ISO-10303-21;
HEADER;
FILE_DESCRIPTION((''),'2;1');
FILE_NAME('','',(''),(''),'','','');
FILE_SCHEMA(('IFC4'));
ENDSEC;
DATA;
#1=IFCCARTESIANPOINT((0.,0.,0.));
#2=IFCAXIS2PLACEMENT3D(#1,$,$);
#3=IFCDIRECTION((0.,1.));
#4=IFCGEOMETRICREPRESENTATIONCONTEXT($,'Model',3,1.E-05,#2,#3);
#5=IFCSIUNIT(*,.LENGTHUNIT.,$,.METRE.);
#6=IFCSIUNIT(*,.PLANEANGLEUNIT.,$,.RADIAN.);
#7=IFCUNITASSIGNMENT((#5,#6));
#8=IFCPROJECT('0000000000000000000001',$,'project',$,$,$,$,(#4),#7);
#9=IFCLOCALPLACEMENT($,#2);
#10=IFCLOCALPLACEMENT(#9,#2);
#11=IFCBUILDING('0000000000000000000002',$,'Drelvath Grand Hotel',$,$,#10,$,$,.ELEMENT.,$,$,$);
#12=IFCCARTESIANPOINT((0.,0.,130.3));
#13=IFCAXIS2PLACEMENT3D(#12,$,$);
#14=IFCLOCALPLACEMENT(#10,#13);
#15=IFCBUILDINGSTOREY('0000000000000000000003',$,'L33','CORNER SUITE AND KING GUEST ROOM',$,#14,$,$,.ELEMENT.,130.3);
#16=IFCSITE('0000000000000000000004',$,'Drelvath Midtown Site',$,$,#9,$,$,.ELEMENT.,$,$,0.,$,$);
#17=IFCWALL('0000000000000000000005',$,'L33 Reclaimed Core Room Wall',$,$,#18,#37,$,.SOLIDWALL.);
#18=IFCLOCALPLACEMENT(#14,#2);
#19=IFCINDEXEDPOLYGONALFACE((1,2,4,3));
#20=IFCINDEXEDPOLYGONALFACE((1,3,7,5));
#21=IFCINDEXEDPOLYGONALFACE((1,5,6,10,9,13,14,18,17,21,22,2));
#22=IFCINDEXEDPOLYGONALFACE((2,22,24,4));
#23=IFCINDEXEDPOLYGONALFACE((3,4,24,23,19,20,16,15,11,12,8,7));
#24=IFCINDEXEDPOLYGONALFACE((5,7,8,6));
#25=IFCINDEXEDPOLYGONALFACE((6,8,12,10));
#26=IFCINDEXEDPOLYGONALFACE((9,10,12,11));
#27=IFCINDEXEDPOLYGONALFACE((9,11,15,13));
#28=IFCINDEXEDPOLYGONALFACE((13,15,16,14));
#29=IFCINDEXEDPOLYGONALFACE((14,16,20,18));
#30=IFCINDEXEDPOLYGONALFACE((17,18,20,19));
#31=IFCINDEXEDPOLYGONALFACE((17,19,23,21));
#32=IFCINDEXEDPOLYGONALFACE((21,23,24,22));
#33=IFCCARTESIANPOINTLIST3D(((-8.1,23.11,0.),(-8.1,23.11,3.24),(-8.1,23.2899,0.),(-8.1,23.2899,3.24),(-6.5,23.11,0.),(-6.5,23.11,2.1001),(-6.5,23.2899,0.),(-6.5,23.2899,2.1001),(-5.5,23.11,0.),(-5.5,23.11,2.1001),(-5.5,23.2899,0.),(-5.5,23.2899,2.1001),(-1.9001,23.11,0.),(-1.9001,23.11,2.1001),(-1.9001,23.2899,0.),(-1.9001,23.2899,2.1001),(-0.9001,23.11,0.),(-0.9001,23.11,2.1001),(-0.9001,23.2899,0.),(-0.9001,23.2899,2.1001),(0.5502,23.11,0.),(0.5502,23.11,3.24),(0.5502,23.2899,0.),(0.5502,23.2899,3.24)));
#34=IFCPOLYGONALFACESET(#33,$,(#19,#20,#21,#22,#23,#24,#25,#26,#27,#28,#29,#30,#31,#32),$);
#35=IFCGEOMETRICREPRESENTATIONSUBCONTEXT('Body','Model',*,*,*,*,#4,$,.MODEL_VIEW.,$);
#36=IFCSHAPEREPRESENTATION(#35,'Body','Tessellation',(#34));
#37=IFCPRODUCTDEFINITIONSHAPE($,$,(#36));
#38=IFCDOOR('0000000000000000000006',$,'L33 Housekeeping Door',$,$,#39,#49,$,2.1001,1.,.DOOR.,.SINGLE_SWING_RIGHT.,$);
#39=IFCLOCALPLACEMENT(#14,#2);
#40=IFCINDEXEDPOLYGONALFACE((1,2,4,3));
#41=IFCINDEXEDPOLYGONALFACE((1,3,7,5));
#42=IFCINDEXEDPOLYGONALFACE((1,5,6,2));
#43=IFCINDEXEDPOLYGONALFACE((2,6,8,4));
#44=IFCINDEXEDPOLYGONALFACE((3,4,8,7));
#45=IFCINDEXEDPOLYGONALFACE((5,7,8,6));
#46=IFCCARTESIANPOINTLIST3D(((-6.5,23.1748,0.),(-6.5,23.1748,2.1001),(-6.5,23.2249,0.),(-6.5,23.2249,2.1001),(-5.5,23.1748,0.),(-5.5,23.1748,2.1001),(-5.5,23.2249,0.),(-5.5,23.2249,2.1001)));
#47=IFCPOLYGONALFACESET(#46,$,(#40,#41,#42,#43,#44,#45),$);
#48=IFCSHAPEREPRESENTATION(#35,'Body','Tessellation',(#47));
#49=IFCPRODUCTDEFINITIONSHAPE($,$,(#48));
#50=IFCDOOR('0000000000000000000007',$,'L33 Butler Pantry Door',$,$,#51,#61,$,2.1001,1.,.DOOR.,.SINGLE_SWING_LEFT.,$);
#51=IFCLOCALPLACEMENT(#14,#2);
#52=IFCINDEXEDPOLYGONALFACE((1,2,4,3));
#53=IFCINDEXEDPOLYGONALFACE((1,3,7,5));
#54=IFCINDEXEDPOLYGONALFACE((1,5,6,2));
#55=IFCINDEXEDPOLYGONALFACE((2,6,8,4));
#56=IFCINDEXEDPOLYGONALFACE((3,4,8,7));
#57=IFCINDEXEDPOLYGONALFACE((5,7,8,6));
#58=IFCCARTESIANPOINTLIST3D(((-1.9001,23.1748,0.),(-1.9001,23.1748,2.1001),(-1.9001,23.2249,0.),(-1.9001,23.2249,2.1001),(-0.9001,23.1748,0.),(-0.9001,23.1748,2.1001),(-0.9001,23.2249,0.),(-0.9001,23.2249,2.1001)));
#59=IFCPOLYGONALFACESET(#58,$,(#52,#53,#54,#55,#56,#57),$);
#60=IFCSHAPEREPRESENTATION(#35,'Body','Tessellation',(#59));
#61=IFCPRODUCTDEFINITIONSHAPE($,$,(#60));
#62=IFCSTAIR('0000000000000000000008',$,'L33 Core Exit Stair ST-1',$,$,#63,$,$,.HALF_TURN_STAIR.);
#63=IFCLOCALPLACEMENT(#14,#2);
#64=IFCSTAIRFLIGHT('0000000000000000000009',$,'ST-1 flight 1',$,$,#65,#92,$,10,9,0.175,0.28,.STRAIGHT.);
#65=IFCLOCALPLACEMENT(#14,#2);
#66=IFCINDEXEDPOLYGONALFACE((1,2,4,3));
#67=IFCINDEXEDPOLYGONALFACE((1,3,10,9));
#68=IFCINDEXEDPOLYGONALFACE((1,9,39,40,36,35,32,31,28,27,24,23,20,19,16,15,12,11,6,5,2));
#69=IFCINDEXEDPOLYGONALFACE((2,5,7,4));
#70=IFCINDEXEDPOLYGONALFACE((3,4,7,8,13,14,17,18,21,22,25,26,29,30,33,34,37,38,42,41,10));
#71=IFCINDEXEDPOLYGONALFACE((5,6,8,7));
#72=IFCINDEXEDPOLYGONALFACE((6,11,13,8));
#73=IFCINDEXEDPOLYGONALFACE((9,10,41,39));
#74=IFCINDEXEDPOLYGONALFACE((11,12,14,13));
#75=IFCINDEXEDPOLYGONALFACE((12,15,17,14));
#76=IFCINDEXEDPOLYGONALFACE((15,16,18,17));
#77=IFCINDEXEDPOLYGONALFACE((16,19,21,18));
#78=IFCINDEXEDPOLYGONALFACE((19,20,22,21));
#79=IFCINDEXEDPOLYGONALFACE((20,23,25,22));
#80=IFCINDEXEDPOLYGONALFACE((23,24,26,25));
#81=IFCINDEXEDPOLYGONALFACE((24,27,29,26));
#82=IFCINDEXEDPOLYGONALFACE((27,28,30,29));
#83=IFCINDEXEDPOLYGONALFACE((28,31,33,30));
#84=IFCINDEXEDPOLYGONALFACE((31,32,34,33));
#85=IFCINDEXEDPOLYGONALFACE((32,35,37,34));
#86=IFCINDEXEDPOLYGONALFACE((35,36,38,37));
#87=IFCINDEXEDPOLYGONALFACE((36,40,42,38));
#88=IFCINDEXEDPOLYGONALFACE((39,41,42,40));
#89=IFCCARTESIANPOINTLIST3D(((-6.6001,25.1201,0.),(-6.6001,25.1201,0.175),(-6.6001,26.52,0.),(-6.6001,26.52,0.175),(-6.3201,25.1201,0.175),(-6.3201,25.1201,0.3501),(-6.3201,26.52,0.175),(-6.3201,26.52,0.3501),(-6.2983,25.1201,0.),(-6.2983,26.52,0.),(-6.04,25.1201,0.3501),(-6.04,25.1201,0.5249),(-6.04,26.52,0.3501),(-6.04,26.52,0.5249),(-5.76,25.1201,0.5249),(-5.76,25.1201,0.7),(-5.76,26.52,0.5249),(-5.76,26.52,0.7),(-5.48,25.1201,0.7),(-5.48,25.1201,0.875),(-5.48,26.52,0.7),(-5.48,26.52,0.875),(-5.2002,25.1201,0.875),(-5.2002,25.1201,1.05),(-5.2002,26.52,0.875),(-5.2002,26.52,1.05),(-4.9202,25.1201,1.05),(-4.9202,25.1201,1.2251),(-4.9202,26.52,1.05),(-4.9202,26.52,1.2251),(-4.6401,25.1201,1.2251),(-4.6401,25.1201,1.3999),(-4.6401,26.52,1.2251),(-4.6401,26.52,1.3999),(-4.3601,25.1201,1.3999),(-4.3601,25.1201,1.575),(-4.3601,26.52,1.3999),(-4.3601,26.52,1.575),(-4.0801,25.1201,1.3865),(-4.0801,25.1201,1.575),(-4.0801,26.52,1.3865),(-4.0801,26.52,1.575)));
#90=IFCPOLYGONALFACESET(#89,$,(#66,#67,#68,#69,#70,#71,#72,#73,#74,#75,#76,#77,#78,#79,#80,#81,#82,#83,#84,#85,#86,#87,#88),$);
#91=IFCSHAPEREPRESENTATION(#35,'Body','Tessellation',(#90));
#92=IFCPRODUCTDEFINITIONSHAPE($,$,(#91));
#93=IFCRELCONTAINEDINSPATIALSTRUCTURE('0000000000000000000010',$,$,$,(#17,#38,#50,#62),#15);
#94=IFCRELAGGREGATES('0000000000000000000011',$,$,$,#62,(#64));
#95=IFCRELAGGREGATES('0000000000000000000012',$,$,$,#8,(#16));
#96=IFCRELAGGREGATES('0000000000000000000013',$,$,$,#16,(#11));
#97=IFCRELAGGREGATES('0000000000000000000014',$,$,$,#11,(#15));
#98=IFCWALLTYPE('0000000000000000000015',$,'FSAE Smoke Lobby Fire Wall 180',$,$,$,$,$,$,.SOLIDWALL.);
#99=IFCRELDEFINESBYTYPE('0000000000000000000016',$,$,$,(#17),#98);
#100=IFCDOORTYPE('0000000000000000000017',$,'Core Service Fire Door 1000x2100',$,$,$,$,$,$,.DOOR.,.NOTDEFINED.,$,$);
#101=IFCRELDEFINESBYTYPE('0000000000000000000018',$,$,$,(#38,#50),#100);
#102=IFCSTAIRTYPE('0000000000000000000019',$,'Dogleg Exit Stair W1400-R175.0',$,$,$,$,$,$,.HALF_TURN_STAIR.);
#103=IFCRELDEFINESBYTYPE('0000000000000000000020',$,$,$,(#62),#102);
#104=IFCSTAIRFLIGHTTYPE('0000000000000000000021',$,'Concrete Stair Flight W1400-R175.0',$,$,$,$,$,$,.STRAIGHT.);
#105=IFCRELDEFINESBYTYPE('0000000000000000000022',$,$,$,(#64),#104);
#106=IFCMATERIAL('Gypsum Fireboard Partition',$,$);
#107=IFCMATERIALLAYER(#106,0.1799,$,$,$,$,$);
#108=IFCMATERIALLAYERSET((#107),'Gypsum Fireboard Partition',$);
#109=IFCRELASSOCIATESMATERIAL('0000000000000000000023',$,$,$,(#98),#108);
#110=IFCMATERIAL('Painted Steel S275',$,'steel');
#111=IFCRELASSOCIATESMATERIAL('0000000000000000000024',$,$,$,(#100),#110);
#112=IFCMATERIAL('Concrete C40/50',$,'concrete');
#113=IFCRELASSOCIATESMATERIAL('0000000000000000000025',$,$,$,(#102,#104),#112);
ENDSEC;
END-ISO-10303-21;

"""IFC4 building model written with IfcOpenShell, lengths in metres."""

from ifc_helpers import new_model, si_unit, direction, frame, frame_2d, origin, place, context, subcontext, project, spatial, polyline, rectangle, outline, extrude, material, layer, layer_set, type_object, element, fill, aggregate, save


model = new_model("IFC4")

# Units and contexts
model_context = context("Model", 3, precision=1e-05, world=origin(), true_north=direction((0.0, 1.0)))
body_context = subcontext(model_context, "Body", "Model", "MODEL_VIEW")
ifc_project = project(units=[si_unit("LENGTHUNIT", "METRE"), si_unit("PLANEANGLEUNIT", "RADIAN")], contexts=[model_context])

# Site, building, storey
site_placement = place(None, origin())
site = spatial("IfcSite", under=ifc_project, at=site_placement, Name="Drelvath Midtown Site", CompositionType="ELEMENT", RefElevation=0.0)
building_placement = place(site_placement, origin())
building = spatial("IfcBuilding", under=site, at=building_placement, Name="Drelvath Grand Hotel", CompositionType="ELEMENT")
storey_placement = place(building_placement, frame((0.0, 0.0, 130.3)))
storey = spatial("IfcBuildingStorey", under=building, at=storey_placement, Name="L33", Description="CORNER SUITE AND KING GUEST ROOM", CompositionType="ELEMENT", Elevation=130.3)

# Shared definitions
ifc_material_1 = material(Name="Concrete C40/50", Category="concrete")
ifc_material_2 = material(Name="Painted Steel S275", Category="steel")
ifc_material_3 = material(Name="Gypsum Fireboard Partition")

# Wall, openings, doors
ifc_layer_1 = layer(ifc_material_3, 0.1799)
ifc_layer_set_1 = layer_set([ifc_layer_1], Name="Gypsum Fireboard Partition")
wall_type_1 = type_object("IfcWallType", Name="FSAE Smoke Lobby Fire Wall 180", PredefinedType="SOLIDWALL", material=ifc_layer_set_1)
wall_1_placement = place(storey_placement, frame((-8.1001, 23.2, 0.0), z_axis=(0.0, 0.0, 1.0), x_axis=(1.0, 0.0, 0.0)))
wall_1 = element("IfcWall", 1, at=wall_1_placement, inside=storey, type_object=wall_type_1, Name="L33 Reclaimed Core Room Wall", PredefinedType="SOLIDWALL", context=body_context, shape_type="SweptSolid", body=[
    extrude(rectangle(XDim=8.6501, YDim=0.1799, at=frame_2d((4.3252, 0.0))), origin(), (0.0, 0.0, 1.0), 3.24),
])
opening_1_placement = place(wall_1_placement, frame((1.6001, 0.0, 0.0)))
opening_1 = element("IfcOpeningElement", 2, at=opening_1_placement, cuts=wall_1, PredefinedType="OPENING", context=body_context, shape_type="SweptSolid", body=[
    extrude(rectangle(XDim=1.0, YDim=2.1001, at=frame_2d((0.5, 1.05))), frame((0.0, 0.0999, 0.0), z_axis=(0.0, -1.0, 0.0), x_axis=(1.0, 0.0, 0.0)), (0.0, 0.0, 1.0), 0.2),
])
opening_2_placement = place(wall_1_placement, frame((6.2, 0.0, 0.0)))
opening_2 = element("IfcOpeningElement", 3, at=opening_2_placement, cuts=wall_1, PredefinedType="OPENING", context=body_context, shape_type="SweptSolid", body=[
    extrude(rectangle(XDim=1.0, YDim=2.1001, at=frame_2d((0.5, 1.05))), frame((0.0, 0.0999, 0.0), z_axis=(0.0, -1.0, 0.0), x_axis=(1.0, 0.0, 0.0)), (0.0, 0.0, 1.0), 0.2),
])
door_type_1 = type_object("IfcDoorType", Name="Core Service Fire Door 1000x2100", OperationType="NOTDEFINED", PredefinedType="DOOR", material=ifc_material_2)
door_1_placement = place(opening_1_placement, origin())
door_1 = element("IfcDoor", 4, at=door_1_placement, inside=storey, type_object=door_type_1, Name="L33 Housekeeping Door", OperationType="SINGLE_SWING_RIGHT", OverallHeight=2.1001, OverallWidth=1.0, PredefinedType="DOOR", context=body_context, shape_type="SweptSolid", body=[
    extrude(rectangle(XDim=1.0, YDim=2.1001, at=frame_2d((0.5, 1.05))), frame((0.0, 0.0249, 0.0), z_axis=(0.0, -1.0, 0.0), x_axis=(1.0, 0.0, 0.0)), (0.0, 0.0, 1.0), 0.05),
])
fill(opening_1, door_1)
door_2_placement = place(opening_2_placement, origin())
door_2 = element("IfcDoor", 5, at=door_2_placement, inside=storey, type_object=door_type_1, Name="L33 Butler Pantry Door", OperationType="SINGLE_SWING_LEFT", OverallHeight=2.1001, OverallWidth=1.0, PredefinedType="DOOR", context=body_context, shape_type="SweptSolid", body=[
    extrude(rectangle(XDim=1.0, YDim=2.1001, at=frame_2d((0.5, 1.05))), frame((0.0, 0.0249, 0.0), z_axis=(0.0, -1.0, 0.0), x_axis=(1.0, 0.0, 0.0)), (0.0, 0.0, 1.0), 0.05),
])
fill(opening_2, door_2)

# Stair, stair flight
stair_type = type_object("IfcStairType", Name="Dogleg Exit Stair W1400-R175.0", PredefinedType="HALF_TURN_STAIR", material=ifc_material_1)
stair_placement = place(storey_placement, origin())
stair = element("IfcStair", 6, at=stair_placement, inside=storey, type_object=stair_type, Name="L33 Core Exit Stair ST-1", PredefinedType="HALF_TURN_STAIR")
stair_flight_type = type_object("IfcStairFlightType", Name="Concrete Stair Flight W1400-R175.0", PredefinedType="STRAIGHT", material=ifc_material_1)
stair_flight_placement = place(storey_placement, frame((-6.6001, 25.8201, 0.0), z_axis=(0.0, 0.0, 1.0), x_axis=(1.0, 0.0, 0.0)))
stair_flight = element("IfcStairFlight", 7, at=stair_flight_placement, type_object=stair_flight_type, Name="ST-1 flight 1", NumberOfRisers=10, NumberOfTreads=9, PredefinedType="STRAIGHT", RiserHeight=0.175, TreadLength=0.28, context=body_context, shape_type="SweptSolid", body=[
    extrude(outline(polyline([(0.0, 0.0), (0.0, 0.175), (0.28, 0.175), (0.28, 0.3501), (0.5601, 0.3501), (0.5601, 0.5249), (0.8401, 0.5249), (0.8401, 0.7), (1.1201, 0.7), (1.1201, 0.875), (1.3999, 0.875), (1.3999, 1.05), (1.6799, 1.05), (1.6799, 1.2251), (1.96, 1.2251), (1.96, 1.3999), (2.24, 1.3999), (2.24, 1.575), (2.52, 1.575), (2.52, 1.75), (2.52, 1.3865), (0.3018, 0.0), (0.0, 0.0)])), frame((0.0, 0.7, 0.0), z_axis=(0.0, -1.0, 0.0), x_axis=(1.0, 0.0, 0.0)), (0.0, 0.0, 1.0), 1.3999),
])
aggregate(stair, [stair_flight])

save(model, "model.ifc")
